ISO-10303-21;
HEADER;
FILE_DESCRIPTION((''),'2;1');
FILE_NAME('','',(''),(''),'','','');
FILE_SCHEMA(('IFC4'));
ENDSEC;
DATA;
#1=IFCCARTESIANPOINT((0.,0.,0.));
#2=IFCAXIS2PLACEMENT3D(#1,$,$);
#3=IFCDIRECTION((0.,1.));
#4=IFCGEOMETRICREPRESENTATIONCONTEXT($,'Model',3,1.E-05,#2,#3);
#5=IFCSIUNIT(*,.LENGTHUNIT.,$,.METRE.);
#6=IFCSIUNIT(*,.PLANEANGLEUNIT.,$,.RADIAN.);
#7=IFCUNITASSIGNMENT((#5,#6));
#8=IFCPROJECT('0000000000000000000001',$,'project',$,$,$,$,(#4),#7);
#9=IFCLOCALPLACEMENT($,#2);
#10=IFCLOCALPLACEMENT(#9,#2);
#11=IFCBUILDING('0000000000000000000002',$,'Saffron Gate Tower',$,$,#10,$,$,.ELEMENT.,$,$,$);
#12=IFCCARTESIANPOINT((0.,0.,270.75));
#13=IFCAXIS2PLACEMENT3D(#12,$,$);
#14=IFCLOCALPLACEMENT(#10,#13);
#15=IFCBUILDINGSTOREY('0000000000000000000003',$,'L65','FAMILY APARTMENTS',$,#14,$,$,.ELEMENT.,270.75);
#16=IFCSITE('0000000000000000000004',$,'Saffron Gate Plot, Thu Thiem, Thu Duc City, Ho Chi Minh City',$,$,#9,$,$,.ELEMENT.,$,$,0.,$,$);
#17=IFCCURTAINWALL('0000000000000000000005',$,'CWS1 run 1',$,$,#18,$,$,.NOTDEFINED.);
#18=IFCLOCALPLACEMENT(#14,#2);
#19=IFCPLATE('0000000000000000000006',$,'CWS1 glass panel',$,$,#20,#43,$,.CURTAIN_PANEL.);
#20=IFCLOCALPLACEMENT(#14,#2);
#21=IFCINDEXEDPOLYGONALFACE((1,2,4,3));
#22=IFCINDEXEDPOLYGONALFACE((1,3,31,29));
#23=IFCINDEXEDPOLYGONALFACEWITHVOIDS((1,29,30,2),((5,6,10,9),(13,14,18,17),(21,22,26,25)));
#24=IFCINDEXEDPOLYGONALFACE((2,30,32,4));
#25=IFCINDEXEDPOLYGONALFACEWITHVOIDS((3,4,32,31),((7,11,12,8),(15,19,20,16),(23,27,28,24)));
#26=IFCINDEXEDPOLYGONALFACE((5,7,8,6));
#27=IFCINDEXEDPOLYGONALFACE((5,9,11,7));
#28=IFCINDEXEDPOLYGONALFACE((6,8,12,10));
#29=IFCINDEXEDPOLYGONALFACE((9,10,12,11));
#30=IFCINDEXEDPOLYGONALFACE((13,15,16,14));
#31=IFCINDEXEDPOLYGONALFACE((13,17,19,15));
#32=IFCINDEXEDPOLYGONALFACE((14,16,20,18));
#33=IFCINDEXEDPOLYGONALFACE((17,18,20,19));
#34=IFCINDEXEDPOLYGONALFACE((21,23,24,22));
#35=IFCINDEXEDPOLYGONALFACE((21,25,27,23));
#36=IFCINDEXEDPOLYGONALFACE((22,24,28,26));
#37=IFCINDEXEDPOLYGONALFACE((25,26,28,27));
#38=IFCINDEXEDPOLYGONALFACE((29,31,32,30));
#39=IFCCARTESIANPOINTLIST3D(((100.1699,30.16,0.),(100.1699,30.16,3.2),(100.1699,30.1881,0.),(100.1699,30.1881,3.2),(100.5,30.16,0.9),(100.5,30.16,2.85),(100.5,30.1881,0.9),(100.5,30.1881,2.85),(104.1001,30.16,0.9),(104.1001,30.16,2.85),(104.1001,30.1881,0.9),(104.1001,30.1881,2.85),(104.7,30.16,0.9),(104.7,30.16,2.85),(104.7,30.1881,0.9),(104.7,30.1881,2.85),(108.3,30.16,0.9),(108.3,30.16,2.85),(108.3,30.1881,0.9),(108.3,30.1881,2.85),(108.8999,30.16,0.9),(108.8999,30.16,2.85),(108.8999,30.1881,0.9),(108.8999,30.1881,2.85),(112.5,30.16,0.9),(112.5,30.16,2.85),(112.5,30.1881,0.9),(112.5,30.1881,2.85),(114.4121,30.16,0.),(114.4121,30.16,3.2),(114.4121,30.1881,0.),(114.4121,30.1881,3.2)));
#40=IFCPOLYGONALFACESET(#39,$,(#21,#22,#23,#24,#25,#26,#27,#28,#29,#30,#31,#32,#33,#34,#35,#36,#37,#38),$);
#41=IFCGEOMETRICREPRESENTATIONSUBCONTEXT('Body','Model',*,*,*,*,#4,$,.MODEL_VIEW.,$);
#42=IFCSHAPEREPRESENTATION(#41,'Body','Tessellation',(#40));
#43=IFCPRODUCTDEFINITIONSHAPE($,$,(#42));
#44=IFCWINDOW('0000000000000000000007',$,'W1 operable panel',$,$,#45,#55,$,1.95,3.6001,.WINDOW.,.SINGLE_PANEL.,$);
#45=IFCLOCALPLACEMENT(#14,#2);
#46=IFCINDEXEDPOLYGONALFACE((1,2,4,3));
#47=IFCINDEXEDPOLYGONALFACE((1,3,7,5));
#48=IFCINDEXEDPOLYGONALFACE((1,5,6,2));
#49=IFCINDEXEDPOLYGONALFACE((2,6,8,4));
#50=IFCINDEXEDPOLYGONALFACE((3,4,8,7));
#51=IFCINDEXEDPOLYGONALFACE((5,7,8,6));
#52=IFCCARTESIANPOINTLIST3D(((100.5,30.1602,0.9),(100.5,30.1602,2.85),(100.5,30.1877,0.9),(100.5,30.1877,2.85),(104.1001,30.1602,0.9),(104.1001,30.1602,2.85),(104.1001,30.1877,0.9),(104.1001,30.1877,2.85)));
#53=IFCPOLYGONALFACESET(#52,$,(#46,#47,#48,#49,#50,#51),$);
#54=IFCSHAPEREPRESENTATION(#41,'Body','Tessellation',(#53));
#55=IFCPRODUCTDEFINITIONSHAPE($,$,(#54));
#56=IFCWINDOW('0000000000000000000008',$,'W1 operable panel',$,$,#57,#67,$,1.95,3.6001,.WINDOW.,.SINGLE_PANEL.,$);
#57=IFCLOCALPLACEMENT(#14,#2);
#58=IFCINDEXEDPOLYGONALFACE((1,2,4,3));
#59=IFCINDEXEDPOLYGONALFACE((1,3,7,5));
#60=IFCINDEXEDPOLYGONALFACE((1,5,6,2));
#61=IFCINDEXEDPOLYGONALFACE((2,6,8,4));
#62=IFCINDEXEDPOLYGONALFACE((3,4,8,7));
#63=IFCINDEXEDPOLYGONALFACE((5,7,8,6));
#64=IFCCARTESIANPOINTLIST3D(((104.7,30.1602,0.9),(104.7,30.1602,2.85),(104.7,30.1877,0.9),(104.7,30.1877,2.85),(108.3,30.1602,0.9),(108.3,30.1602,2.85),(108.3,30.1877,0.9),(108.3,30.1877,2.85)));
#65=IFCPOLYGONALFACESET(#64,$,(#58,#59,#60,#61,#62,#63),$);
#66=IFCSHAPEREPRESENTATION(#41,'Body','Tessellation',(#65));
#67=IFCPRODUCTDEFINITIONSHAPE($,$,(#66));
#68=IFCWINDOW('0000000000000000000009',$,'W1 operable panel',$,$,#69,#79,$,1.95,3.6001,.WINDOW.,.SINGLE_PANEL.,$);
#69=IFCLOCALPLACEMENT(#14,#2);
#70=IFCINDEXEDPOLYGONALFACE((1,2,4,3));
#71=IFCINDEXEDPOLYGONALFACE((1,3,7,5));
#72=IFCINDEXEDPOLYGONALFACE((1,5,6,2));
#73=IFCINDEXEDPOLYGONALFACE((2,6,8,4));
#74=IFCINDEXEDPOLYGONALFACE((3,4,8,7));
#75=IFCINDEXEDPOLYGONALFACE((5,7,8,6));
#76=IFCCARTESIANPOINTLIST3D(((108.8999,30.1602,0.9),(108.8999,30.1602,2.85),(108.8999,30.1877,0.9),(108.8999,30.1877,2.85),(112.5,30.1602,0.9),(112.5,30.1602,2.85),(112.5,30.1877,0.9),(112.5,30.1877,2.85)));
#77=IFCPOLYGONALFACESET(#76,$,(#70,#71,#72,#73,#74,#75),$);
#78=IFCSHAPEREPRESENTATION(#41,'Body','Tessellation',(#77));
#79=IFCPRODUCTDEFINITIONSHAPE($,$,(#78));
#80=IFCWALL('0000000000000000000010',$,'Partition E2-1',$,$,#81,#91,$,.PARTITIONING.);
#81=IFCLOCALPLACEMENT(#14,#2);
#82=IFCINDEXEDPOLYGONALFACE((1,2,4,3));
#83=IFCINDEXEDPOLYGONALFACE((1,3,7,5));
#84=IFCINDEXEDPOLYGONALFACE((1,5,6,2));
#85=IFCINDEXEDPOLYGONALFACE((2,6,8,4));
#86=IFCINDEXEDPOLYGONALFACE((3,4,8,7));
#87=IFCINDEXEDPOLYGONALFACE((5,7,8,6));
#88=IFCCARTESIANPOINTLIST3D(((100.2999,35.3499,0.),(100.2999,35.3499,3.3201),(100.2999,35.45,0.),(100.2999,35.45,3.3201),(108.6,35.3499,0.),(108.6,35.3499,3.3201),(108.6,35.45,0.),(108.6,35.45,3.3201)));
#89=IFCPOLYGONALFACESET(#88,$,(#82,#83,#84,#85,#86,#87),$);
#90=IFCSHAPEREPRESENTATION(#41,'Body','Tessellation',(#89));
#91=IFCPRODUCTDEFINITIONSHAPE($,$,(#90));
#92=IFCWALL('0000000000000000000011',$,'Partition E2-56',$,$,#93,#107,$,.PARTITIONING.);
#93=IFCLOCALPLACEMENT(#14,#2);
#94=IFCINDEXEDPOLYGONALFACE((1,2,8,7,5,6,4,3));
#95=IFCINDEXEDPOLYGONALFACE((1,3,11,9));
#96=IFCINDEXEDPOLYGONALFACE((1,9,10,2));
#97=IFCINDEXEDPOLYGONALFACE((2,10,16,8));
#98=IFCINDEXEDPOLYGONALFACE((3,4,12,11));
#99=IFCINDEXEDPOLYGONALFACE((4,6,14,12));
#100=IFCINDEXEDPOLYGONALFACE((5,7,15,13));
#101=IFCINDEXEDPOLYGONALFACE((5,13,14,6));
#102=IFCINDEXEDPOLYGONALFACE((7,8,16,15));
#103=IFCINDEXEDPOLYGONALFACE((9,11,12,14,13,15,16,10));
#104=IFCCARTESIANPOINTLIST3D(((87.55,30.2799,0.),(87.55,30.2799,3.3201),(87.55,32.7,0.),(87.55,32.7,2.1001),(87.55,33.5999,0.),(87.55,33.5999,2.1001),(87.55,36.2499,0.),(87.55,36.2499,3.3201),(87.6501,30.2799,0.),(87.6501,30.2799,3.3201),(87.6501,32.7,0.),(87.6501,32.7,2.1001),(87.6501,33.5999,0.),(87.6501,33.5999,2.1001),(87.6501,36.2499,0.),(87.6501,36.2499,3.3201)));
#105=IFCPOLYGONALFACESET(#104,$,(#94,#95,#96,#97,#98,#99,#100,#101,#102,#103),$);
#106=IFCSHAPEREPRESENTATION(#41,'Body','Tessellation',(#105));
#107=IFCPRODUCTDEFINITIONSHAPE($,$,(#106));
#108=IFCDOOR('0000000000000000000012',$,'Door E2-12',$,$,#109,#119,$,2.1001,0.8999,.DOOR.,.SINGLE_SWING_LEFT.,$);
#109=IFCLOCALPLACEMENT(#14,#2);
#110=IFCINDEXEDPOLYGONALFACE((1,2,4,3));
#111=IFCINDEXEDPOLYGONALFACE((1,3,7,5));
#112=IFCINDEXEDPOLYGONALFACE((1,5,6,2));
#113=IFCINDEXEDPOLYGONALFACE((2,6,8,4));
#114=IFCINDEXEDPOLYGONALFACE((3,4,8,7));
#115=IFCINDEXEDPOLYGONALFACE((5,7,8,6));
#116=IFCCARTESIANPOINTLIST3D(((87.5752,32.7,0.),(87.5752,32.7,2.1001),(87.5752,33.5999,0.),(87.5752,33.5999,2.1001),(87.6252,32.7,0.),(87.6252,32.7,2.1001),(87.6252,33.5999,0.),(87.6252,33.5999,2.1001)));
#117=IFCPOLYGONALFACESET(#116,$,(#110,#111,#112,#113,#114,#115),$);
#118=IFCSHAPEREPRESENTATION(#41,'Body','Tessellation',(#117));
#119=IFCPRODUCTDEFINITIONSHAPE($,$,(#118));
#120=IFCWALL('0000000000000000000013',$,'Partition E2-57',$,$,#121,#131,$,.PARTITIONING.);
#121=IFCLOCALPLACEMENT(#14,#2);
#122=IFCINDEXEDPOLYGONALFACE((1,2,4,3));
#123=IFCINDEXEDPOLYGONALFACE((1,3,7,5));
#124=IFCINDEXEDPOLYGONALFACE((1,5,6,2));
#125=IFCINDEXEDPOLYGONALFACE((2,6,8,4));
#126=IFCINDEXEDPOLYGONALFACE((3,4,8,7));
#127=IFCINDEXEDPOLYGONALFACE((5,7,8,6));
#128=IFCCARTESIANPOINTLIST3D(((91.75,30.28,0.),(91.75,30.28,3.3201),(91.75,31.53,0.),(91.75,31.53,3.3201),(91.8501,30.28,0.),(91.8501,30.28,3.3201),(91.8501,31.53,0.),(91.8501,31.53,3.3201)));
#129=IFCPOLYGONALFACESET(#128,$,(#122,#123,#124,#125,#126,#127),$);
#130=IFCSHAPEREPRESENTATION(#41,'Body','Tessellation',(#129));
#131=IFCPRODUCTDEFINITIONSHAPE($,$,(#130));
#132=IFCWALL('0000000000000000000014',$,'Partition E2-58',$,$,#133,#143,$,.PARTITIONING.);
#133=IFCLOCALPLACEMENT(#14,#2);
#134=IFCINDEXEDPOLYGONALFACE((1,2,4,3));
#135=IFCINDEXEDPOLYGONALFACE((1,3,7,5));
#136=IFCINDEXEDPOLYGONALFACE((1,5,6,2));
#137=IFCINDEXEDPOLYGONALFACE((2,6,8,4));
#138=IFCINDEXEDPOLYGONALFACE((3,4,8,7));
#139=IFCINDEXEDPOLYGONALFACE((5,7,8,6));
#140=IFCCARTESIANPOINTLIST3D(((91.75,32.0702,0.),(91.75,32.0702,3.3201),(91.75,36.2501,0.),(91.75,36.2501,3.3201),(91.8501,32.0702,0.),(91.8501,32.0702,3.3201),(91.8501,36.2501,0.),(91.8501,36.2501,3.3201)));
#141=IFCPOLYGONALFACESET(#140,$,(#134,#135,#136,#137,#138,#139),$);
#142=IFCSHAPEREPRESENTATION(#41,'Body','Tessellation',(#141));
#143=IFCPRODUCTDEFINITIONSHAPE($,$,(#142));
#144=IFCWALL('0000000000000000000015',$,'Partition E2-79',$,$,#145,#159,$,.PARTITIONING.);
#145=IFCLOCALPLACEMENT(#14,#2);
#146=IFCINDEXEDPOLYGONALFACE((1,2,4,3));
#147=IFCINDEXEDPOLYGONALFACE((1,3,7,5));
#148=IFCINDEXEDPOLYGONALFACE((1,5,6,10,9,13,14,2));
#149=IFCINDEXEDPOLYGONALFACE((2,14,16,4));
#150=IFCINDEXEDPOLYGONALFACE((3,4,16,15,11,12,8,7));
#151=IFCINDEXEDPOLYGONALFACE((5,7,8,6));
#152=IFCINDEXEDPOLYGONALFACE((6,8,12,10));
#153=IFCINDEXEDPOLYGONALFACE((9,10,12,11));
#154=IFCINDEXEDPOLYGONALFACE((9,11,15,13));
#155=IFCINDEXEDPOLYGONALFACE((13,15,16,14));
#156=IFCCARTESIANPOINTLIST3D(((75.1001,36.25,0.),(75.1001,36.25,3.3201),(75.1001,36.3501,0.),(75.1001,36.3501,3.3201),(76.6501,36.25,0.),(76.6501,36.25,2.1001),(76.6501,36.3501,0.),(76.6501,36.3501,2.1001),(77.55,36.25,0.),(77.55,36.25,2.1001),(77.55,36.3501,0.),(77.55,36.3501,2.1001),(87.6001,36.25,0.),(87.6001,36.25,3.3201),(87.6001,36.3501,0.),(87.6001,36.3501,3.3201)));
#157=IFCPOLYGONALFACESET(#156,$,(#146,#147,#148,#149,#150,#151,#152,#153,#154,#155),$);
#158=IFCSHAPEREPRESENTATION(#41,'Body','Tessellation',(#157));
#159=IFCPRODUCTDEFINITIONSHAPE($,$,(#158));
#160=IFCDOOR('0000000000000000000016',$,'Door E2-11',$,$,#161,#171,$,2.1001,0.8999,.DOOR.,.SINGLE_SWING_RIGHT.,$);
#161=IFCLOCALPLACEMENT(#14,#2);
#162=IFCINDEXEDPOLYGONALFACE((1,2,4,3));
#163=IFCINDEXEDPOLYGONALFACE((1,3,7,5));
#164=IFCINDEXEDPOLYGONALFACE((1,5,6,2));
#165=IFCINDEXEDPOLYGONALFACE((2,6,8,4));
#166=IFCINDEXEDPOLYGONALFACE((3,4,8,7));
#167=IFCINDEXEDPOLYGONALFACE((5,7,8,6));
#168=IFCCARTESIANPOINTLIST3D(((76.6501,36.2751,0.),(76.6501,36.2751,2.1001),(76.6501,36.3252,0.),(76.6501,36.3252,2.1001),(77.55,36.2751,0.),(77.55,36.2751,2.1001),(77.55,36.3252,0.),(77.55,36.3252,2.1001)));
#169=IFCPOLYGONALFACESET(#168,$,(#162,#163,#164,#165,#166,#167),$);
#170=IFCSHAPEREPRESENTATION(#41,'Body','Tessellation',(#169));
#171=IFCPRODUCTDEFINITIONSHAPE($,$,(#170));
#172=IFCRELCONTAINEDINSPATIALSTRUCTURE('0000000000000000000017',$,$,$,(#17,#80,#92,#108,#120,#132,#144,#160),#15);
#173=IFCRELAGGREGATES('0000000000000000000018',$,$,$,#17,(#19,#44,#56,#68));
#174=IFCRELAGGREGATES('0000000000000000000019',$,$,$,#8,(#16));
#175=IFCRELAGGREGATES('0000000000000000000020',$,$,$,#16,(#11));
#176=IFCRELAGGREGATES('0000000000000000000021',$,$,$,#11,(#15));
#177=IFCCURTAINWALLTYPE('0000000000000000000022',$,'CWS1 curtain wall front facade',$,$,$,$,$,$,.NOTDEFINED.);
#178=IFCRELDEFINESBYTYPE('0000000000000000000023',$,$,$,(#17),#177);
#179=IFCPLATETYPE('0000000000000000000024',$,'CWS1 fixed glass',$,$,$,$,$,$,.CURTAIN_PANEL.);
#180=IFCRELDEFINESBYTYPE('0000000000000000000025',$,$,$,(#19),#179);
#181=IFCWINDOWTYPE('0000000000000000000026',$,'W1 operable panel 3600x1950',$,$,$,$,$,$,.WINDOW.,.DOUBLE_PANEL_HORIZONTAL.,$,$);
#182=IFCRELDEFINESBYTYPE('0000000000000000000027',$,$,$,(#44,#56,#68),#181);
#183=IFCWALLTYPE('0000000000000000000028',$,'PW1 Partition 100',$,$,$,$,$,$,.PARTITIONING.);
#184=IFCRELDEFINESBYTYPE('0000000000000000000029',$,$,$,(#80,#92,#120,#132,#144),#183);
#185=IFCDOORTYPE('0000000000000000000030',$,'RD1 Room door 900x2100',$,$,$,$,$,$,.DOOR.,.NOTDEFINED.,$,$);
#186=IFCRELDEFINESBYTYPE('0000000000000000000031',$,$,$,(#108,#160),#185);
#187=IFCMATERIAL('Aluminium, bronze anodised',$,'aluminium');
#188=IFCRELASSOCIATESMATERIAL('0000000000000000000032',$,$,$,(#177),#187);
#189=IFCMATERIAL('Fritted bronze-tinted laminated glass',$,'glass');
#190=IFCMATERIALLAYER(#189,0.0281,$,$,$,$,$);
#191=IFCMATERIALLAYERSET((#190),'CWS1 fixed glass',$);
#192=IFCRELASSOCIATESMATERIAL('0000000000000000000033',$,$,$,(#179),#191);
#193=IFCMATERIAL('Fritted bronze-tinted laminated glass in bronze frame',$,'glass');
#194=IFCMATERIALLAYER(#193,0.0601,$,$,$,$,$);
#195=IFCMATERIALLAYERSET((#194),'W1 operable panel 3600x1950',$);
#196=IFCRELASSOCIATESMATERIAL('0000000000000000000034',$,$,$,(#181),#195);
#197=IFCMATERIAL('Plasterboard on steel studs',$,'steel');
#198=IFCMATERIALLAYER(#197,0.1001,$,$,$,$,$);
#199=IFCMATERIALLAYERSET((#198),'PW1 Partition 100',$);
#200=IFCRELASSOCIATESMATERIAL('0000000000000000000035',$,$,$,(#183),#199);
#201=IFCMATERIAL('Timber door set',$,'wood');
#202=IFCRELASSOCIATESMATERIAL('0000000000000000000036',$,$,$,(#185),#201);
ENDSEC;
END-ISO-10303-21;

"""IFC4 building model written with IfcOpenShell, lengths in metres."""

from ifc_helpers import new_model, si_unit, direction, frame, frame_2d, origin, place, context, subcontext, project, spatial, rectangle, extrude, material, layer, layer_set, type_object, element, fill, aggregate, save


model = new_model("IFC4")

# Units and contexts
model_context = context("Model", 3, precision=1e-05, world=origin(), true_north=direction((0.0, 1.0)))
body_context = subcontext(model_context, "Body", "Model", "MODEL_VIEW")
ifc_project = project(units=[si_unit("LENGTHUNIT", "METRE"), si_unit("PLANEANGLEUNIT", "RADIAN")], contexts=[model_context])

# Site, building, storey
site_placement = place(None, origin())
site = spatial("IfcSite", under=ifc_project, at=site_placement, Name="Saffron Gate Plot, Thu Thiem, Thu Duc City, Ho Chi Minh City", CompositionType="ELEMENT", RefElevation=0.0)
building_placement = place(site_placement, origin())
building = spatial("IfcBuilding", under=site, at=building_placement, Name="Saffron Gate Tower", CompositionType="ELEMENT")
storey_placement = place(building_placement, frame((0.0, 0.0, 270.75)))
storey = spatial("IfcBuildingStorey", under=building, at=storey_placement, Name="L65", Description="FAMILY APARTMENTS", CompositionType="ELEMENT", Elevation=270.75)

# Curtain wall, plate, openings, windows
ifc_material_1 = material(Name="Aluminium, bronze anodised", Category="aluminium")
curtain_wall_type = type_object("IfcCurtainWallType", Name="CWS1 curtain wall front facade", PredefinedType="NOTDEFINED", material=ifc_material_1)
curtain_wall_placement = place(storey_placement, origin())
curtain_wall = element("IfcCurtainWall", 1, at=curtain_wall_placement, inside=storey, type_object=curtain_wall_type, Name="CWS1 run 1", PredefinedType="NOTDEFINED")
ifc_material_2 = material(Name="Fritted bronze-tinted laminated glass", Category="glass")
ifc_layer_1 = layer(ifc_material_2, 0.0281)
ifc_layer_set_1 = layer_set([ifc_layer_1], Name="CWS1 fixed glass")
plate_type = type_object("IfcPlateType", Name="CWS1 fixed glass", PredefinedType="CURTAIN_PANEL", material=ifc_layer_set_1)
plate_placement = place(storey_placement, frame((100.1699, 30.1741, 0.0), z_axis=(0.0, 0.0, 1.0), x_axis=(1.0, 0.0, 0.0)))
plate = element("IfcPlate", 2, at=plate_placement, type_object=plate_type, Name="CWS1 glass panel", PredefinedType="CURTAIN_PANEL", context=body_context, shape_type="SweptSolid", body=[
    extrude(rectangle(XDim=14.2422, YDim=0.0281, at=frame_2d((7.1211, 0.0))), origin(), (0.0, 0.0, 1.0), 3.2),
])
opening_1_placement = place(plate_placement, frame((0.3301, 0.0, 0.8999)))
opening_1 = element("IfcOpeningElement", 3, at=opening_1_placement, cuts=plate, PredefinedType="OPENING", context=body_context, shape_type="SweptSolid", body=[
    extrude(rectangle(XDim=3.6001, YDim=1.95, at=frame_2d((1.8, 0.9751))), frame((0.0, 0.0239, 0.0), z_axis=(0.0, -1.0, 0.0), x_axis=(1.0, 0.0, 0.0)), (0.0, 0.0, 1.0), 0.0481),
])
opening_2_placement = place(plate_placement, frame((4.53, 0.0, 0.8999)))
opening_2 = element("IfcOpeningElement", 4, at=opening_2_placement, cuts=plate, PredefinedType="OPENING", context=body_context, shape_type="SweptSolid", body=[
    extrude(rectangle(XDim=3.6001, YDim=1.95, at=frame_2d((1.8, 0.9751))), frame((0.0, 0.0239, 0.0), z_axis=(0.0, -1.0, 0.0), x_axis=(1.0, 0.0, 0.0)), (0.0, 0.0, 1.0), 0.0481),
])
opening_3_placement = place(plate_placement, frame((8.73, 0.0, 0.8999)))
opening_3 = element("IfcOpeningElement", 5, at=opening_3_placement, cuts=plate, PredefinedType="OPENING", context=body_context, shape_type="SweptSolid", body=[
    extrude(rectangle(XDim=3.6001, YDim=1.95, at=frame_2d((1.8, 0.9751))), frame((0.0, 0.0239, 0.0), z_axis=(0.0, -1.0, 0.0), x_axis=(1.0, 0.0, 0.0)), (0.0, 0.0, 1.0), 0.0481),
])
ifc_material_3 = material(Name="Fritted bronze-tinted laminated glass in bronze frame", Category="glass")
ifc_layer_2 = layer(ifc_material_3, 0.0601)
ifc_layer_set_2 = layer_set([ifc_layer_2], Name="W1 operable panel 3600x1950")
window_type = type_object("IfcWindowType", Name="W1 operable panel 3600x1950", PartitioningType="DOUBLE_PANEL_HORIZONTAL", PredefinedType="WINDOW", material=ifc_layer_set_2)
window_1_placement = place(opening_1_placement, origin())
window_1 = element("IfcWindow", 6, at=window_1_placement, type_object=window_type, Name="W1 operable panel", OverallHeight=1.95, OverallWidth=3.6001, PartitioningType="SINGLE_PANEL", PredefinedType="WINDOW", context=body_context, shape_type="SweptSolid", body=[
    extrude(rectangle(XDim=3.6001, YDim=1.95, at=frame_2d((1.8, 0.9751))), frame((0.0, 0.0137, 0.0), z_axis=(0.0, -1.0, 0.0), x_axis=(1.0, 0.0, 0.0)), (0.0, 0.0, 1.0), 0.0276),
])
fill(opening_1, window_1)
window_2_placement = place(opening_2_placement, origin())
window_2 = element("IfcWindow", 7, at=window_2_placement, type_object=window_type, Name="W1 operable panel", OverallHeight=1.95, OverallWidth=3.6001, PartitioningType="SINGLE_PANEL", PredefinedType="WINDOW", context=body_context, shape_type="SweptSolid", body=[
    extrude(rectangle(XDim=3.6001, YDim=1.95, at=frame_2d((1.8, 0.9751))), frame((0.0, 0.0137, 0.0), z_axis=(0.0, -1.0, 0.0), x_axis=(1.0, 0.0, 0.0)), (0.0, 0.0, 1.0), 0.0276),
])
fill(opening_2, window_2)
window_3_placement = place(opening_3_placement, origin())
window_3 = element("IfcWindow", 8, at=window_3_placement, type_object=window_type, Name="W1 operable panel", OverallHeight=1.95, OverallWidth=3.6001, PartitioningType="SINGLE_PANEL", PredefinedType="WINDOW", context=body_context, shape_type="SweptSolid", body=[
    extrude(rectangle(XDim=3.6001, YDim=1.95, at=frame_2d((1.8, 0.9751))), frame((0.0, 0.0137, 0.0), z_axis=(0.0, -1.0, 0.0), x_axis=(1.0, 0.0, 0.0)), (0.0, 0.0, 1.0), 0.0276),
])
fill(opening_3, window_3)
aggregate(curtain_wall, [plate, window_1, window_2, window_3])

# Wall
ifc_material_4 = material(Name="Plasterboard on steel studs", Category="steel")
ifc_layer_3 = layer(ifc_material_4, 0.1001)
ifc_layer_set_3 = layer_set([ifc_layer_3], Name="PW1 Partition 100")
wall_type_1 = type_object("IfcWallType", Name="PW1 Partition 100", PredefinedType="PARTITIONING", material=ifc_layer_set_3)
wall_1_placement = place(storey_placement, frame((100.3, 35.3999, 0.0), z_axis=(0.0, 0.0, 1.0), x_axis=(1.0, 0.0, 0.0)))
element("IfcWall", 9, at=wall_1_placement, inside=storey, type_object=wall_type_1, Name="Partition E2-1", PredefinedType="PARTITIONING", context=body_context, shape_type="SweptSolid", body=[
    extrude(rectangle(XDim=8.3, YDim=0.1001, at=frame_2d((4.1499, 0.0))), origin(), (0.0, 0.0, 1.0), 3.3201),
])

# Wall, opening, door
wall_2_placement = place(storey_placement, frame((87.6001, 30.28, 0.0), z_axis=(0.0, 0.0, 1.0), x_axis=(0.0, 1.0, 0.0)))
wall_2 = element("IfcWall", 10, at=wall_2_placement, inside=storey, type_object=wall_type_1, Name="Partition E2-56", PredefinedType="PARTITIONING", context=body_context, shape_type="SweptSolid", body=[
    extrude(rectangle(XDim=5.97, YDim=0.1001, at=frame_2d((2.9849, 0.0))), origin(), (0.0, 0.0, 1.0), 3.3201),
])
opening_4_placement = place(wall_2_placement, frame((2.4199, 0.0, 0.0)))
opening_4 = element("IfcOpeningElement", 11, at=opening_4_placement, cuts=wall_2, PredefinedType="OPENING", context=body_context, shape_type="SweptSolid", body=[
    extrude(rectangle(XDim=0.8999, YDim=2.1001, at=frame_2d((0.45, 1.05))), frame((0.0, 0.0601, 0.0), z_axis=(0.0, -1.0, 0.0), x_axis=(1.0, 0.0, 0.0)), (0.0, 0.0, 1.0), 0.1201),
])
ifc_material_5 = material(Name="Timber door set", Category="wood")
door_type = type_object("IfcDoorType", Name="RD1 Room door 900x2100", OperationType="NOTDEFINED", PredefinedType="DOOR", material=ifc_material_5)
door_1_placement = place(opening_4_placement, origin())
door_1 = element("IfcDoor", 12, at=door_1_placement, inside=storey, type_object=door_type, Name="Door E2-12", OperationType="SINGLE_SWING_LEFT", OverallHeight=2.1001, OverallWidth=0.8999, PredefinedType="DOOR", context=body_context, shape_type="SweptSolid", body=[
    extrude(rectangle(XDim=0.8999, YDim=2.1001, at=frame_2d((0.45, 1.05))), frame((0.0, 0.0249, 0.0), z_axis=(0.0, -1.0, 0.0), x_axis=(1.0, 0.0, 0.0)), (0.0, 0.0, 1.0), 0.05),
])
fill(opening_4, door_1)

# Walls
wall_3_placement = place(storey_placement, frame((91.8, 31.53, 0.0), z_axis=(0.0, 0.0, 1.0), x_axis=(0.0, -1.0, 0.0)))
element("IfcWall", 13, at=wall_3_placement, inside=storey, type_object=wall_type_1, Name="Partition E2-57", PredefinedType="PARTITIONING", context=body_context, shape_type="SweptSolid", body=[
    extrude(rectangle(XDim=1.25, YDim=0.1001, at=frame_2d((0.625, 0.0))), origin(), (0.0, 0.0, 1.0), 3.3201),
])
wall_4_placement = place(storey_placement, frame((91.8, 36.25, 0.0), z_axis=(0.0, 0.0, 1.0), x_axis=(0.0, -1.0, 0.0)))
element("IfcWall", 14, at=wall_4_placement, inside=storey, type_object=wall_type_1, Name="Partition E2-58", PredefinedType="PARTITIONING", context=body_context, shape_type="SweptSolid", body=[
    extrude(rectangle(XDim=4.1799, YDim=0.1001, at=frame_2d((2.0898, 0.0))), origin(), (0.0, 0.0, 1.0), 3.3201),
])

# Wall, opening, door
wall_5_placement = place(storey_placement, frame((87.6001, 36.3, 0.0), z_axis=(0.0, 0.0, 1.0), x_axis=(-1.0, 0.0, 0.0)))
wall_5 = element("IfcWall", 15, at=wall_5_placement, inside=storey, type_object=wall_type_1, Name="Partition E2-79", PredefinedType="PARTITIONING", context=body_context, shape_type="SweptSolid", body=[
    extrude(rectangle(XDim=12.5, YDim=0.1001, at=frame_2d((6.25, 0.0))), origin(), (0.0, 0.0, 1.0), 3.3201),
])
opening_5_placement = place(wall_5_placement, frame((10.05, 0.0, 0.0)))
opening_5 = element("IfcOpeningElement", 16, at=opening_5_placement, cuts=wall_5, PredefinedType="OPENING", context=body_context, shape_type="SweptSolid", body=[
    extrude(rectangle(XDim=0.8999, YDim=2.1001, at=frame_2d((0.45, 1.05))), frame((0.0, 0.0601, 0.0), z_axis=(0.0, -1.0, 0.0), x_axis=(1.0, 0.0, 0.0)), (0.0, 0.0, 1.0), 0.1201),
])
door_2_placement = place(opening_5_placement, origin())
door_2 = element("IfcDoor", 17, at=door_2_placement, inside=storey, type_object=door_type, Name="Door E2-11", OperationType="SINGLE_SWING_RIGHT", OverallHeight=2.1001, OverallWidth=0.8999, PredefinedType="DOOR", context=body_context, shape_type="SweptSolid", body=[
    extrude(rectangle(XDim=0.8999, YDim=2.1001, at=frame_2d((0.45, 1.05))), frame((0.0, 0.0249, 0.0), z_axis=(0.0, -1.0, 0.0), x_axis=(1.0, 0.0, 0.0)), (0.0, 0.0, 1.0), 0.05),
])
fill(opening_5, door_2)

save(model, "model.ifc")
